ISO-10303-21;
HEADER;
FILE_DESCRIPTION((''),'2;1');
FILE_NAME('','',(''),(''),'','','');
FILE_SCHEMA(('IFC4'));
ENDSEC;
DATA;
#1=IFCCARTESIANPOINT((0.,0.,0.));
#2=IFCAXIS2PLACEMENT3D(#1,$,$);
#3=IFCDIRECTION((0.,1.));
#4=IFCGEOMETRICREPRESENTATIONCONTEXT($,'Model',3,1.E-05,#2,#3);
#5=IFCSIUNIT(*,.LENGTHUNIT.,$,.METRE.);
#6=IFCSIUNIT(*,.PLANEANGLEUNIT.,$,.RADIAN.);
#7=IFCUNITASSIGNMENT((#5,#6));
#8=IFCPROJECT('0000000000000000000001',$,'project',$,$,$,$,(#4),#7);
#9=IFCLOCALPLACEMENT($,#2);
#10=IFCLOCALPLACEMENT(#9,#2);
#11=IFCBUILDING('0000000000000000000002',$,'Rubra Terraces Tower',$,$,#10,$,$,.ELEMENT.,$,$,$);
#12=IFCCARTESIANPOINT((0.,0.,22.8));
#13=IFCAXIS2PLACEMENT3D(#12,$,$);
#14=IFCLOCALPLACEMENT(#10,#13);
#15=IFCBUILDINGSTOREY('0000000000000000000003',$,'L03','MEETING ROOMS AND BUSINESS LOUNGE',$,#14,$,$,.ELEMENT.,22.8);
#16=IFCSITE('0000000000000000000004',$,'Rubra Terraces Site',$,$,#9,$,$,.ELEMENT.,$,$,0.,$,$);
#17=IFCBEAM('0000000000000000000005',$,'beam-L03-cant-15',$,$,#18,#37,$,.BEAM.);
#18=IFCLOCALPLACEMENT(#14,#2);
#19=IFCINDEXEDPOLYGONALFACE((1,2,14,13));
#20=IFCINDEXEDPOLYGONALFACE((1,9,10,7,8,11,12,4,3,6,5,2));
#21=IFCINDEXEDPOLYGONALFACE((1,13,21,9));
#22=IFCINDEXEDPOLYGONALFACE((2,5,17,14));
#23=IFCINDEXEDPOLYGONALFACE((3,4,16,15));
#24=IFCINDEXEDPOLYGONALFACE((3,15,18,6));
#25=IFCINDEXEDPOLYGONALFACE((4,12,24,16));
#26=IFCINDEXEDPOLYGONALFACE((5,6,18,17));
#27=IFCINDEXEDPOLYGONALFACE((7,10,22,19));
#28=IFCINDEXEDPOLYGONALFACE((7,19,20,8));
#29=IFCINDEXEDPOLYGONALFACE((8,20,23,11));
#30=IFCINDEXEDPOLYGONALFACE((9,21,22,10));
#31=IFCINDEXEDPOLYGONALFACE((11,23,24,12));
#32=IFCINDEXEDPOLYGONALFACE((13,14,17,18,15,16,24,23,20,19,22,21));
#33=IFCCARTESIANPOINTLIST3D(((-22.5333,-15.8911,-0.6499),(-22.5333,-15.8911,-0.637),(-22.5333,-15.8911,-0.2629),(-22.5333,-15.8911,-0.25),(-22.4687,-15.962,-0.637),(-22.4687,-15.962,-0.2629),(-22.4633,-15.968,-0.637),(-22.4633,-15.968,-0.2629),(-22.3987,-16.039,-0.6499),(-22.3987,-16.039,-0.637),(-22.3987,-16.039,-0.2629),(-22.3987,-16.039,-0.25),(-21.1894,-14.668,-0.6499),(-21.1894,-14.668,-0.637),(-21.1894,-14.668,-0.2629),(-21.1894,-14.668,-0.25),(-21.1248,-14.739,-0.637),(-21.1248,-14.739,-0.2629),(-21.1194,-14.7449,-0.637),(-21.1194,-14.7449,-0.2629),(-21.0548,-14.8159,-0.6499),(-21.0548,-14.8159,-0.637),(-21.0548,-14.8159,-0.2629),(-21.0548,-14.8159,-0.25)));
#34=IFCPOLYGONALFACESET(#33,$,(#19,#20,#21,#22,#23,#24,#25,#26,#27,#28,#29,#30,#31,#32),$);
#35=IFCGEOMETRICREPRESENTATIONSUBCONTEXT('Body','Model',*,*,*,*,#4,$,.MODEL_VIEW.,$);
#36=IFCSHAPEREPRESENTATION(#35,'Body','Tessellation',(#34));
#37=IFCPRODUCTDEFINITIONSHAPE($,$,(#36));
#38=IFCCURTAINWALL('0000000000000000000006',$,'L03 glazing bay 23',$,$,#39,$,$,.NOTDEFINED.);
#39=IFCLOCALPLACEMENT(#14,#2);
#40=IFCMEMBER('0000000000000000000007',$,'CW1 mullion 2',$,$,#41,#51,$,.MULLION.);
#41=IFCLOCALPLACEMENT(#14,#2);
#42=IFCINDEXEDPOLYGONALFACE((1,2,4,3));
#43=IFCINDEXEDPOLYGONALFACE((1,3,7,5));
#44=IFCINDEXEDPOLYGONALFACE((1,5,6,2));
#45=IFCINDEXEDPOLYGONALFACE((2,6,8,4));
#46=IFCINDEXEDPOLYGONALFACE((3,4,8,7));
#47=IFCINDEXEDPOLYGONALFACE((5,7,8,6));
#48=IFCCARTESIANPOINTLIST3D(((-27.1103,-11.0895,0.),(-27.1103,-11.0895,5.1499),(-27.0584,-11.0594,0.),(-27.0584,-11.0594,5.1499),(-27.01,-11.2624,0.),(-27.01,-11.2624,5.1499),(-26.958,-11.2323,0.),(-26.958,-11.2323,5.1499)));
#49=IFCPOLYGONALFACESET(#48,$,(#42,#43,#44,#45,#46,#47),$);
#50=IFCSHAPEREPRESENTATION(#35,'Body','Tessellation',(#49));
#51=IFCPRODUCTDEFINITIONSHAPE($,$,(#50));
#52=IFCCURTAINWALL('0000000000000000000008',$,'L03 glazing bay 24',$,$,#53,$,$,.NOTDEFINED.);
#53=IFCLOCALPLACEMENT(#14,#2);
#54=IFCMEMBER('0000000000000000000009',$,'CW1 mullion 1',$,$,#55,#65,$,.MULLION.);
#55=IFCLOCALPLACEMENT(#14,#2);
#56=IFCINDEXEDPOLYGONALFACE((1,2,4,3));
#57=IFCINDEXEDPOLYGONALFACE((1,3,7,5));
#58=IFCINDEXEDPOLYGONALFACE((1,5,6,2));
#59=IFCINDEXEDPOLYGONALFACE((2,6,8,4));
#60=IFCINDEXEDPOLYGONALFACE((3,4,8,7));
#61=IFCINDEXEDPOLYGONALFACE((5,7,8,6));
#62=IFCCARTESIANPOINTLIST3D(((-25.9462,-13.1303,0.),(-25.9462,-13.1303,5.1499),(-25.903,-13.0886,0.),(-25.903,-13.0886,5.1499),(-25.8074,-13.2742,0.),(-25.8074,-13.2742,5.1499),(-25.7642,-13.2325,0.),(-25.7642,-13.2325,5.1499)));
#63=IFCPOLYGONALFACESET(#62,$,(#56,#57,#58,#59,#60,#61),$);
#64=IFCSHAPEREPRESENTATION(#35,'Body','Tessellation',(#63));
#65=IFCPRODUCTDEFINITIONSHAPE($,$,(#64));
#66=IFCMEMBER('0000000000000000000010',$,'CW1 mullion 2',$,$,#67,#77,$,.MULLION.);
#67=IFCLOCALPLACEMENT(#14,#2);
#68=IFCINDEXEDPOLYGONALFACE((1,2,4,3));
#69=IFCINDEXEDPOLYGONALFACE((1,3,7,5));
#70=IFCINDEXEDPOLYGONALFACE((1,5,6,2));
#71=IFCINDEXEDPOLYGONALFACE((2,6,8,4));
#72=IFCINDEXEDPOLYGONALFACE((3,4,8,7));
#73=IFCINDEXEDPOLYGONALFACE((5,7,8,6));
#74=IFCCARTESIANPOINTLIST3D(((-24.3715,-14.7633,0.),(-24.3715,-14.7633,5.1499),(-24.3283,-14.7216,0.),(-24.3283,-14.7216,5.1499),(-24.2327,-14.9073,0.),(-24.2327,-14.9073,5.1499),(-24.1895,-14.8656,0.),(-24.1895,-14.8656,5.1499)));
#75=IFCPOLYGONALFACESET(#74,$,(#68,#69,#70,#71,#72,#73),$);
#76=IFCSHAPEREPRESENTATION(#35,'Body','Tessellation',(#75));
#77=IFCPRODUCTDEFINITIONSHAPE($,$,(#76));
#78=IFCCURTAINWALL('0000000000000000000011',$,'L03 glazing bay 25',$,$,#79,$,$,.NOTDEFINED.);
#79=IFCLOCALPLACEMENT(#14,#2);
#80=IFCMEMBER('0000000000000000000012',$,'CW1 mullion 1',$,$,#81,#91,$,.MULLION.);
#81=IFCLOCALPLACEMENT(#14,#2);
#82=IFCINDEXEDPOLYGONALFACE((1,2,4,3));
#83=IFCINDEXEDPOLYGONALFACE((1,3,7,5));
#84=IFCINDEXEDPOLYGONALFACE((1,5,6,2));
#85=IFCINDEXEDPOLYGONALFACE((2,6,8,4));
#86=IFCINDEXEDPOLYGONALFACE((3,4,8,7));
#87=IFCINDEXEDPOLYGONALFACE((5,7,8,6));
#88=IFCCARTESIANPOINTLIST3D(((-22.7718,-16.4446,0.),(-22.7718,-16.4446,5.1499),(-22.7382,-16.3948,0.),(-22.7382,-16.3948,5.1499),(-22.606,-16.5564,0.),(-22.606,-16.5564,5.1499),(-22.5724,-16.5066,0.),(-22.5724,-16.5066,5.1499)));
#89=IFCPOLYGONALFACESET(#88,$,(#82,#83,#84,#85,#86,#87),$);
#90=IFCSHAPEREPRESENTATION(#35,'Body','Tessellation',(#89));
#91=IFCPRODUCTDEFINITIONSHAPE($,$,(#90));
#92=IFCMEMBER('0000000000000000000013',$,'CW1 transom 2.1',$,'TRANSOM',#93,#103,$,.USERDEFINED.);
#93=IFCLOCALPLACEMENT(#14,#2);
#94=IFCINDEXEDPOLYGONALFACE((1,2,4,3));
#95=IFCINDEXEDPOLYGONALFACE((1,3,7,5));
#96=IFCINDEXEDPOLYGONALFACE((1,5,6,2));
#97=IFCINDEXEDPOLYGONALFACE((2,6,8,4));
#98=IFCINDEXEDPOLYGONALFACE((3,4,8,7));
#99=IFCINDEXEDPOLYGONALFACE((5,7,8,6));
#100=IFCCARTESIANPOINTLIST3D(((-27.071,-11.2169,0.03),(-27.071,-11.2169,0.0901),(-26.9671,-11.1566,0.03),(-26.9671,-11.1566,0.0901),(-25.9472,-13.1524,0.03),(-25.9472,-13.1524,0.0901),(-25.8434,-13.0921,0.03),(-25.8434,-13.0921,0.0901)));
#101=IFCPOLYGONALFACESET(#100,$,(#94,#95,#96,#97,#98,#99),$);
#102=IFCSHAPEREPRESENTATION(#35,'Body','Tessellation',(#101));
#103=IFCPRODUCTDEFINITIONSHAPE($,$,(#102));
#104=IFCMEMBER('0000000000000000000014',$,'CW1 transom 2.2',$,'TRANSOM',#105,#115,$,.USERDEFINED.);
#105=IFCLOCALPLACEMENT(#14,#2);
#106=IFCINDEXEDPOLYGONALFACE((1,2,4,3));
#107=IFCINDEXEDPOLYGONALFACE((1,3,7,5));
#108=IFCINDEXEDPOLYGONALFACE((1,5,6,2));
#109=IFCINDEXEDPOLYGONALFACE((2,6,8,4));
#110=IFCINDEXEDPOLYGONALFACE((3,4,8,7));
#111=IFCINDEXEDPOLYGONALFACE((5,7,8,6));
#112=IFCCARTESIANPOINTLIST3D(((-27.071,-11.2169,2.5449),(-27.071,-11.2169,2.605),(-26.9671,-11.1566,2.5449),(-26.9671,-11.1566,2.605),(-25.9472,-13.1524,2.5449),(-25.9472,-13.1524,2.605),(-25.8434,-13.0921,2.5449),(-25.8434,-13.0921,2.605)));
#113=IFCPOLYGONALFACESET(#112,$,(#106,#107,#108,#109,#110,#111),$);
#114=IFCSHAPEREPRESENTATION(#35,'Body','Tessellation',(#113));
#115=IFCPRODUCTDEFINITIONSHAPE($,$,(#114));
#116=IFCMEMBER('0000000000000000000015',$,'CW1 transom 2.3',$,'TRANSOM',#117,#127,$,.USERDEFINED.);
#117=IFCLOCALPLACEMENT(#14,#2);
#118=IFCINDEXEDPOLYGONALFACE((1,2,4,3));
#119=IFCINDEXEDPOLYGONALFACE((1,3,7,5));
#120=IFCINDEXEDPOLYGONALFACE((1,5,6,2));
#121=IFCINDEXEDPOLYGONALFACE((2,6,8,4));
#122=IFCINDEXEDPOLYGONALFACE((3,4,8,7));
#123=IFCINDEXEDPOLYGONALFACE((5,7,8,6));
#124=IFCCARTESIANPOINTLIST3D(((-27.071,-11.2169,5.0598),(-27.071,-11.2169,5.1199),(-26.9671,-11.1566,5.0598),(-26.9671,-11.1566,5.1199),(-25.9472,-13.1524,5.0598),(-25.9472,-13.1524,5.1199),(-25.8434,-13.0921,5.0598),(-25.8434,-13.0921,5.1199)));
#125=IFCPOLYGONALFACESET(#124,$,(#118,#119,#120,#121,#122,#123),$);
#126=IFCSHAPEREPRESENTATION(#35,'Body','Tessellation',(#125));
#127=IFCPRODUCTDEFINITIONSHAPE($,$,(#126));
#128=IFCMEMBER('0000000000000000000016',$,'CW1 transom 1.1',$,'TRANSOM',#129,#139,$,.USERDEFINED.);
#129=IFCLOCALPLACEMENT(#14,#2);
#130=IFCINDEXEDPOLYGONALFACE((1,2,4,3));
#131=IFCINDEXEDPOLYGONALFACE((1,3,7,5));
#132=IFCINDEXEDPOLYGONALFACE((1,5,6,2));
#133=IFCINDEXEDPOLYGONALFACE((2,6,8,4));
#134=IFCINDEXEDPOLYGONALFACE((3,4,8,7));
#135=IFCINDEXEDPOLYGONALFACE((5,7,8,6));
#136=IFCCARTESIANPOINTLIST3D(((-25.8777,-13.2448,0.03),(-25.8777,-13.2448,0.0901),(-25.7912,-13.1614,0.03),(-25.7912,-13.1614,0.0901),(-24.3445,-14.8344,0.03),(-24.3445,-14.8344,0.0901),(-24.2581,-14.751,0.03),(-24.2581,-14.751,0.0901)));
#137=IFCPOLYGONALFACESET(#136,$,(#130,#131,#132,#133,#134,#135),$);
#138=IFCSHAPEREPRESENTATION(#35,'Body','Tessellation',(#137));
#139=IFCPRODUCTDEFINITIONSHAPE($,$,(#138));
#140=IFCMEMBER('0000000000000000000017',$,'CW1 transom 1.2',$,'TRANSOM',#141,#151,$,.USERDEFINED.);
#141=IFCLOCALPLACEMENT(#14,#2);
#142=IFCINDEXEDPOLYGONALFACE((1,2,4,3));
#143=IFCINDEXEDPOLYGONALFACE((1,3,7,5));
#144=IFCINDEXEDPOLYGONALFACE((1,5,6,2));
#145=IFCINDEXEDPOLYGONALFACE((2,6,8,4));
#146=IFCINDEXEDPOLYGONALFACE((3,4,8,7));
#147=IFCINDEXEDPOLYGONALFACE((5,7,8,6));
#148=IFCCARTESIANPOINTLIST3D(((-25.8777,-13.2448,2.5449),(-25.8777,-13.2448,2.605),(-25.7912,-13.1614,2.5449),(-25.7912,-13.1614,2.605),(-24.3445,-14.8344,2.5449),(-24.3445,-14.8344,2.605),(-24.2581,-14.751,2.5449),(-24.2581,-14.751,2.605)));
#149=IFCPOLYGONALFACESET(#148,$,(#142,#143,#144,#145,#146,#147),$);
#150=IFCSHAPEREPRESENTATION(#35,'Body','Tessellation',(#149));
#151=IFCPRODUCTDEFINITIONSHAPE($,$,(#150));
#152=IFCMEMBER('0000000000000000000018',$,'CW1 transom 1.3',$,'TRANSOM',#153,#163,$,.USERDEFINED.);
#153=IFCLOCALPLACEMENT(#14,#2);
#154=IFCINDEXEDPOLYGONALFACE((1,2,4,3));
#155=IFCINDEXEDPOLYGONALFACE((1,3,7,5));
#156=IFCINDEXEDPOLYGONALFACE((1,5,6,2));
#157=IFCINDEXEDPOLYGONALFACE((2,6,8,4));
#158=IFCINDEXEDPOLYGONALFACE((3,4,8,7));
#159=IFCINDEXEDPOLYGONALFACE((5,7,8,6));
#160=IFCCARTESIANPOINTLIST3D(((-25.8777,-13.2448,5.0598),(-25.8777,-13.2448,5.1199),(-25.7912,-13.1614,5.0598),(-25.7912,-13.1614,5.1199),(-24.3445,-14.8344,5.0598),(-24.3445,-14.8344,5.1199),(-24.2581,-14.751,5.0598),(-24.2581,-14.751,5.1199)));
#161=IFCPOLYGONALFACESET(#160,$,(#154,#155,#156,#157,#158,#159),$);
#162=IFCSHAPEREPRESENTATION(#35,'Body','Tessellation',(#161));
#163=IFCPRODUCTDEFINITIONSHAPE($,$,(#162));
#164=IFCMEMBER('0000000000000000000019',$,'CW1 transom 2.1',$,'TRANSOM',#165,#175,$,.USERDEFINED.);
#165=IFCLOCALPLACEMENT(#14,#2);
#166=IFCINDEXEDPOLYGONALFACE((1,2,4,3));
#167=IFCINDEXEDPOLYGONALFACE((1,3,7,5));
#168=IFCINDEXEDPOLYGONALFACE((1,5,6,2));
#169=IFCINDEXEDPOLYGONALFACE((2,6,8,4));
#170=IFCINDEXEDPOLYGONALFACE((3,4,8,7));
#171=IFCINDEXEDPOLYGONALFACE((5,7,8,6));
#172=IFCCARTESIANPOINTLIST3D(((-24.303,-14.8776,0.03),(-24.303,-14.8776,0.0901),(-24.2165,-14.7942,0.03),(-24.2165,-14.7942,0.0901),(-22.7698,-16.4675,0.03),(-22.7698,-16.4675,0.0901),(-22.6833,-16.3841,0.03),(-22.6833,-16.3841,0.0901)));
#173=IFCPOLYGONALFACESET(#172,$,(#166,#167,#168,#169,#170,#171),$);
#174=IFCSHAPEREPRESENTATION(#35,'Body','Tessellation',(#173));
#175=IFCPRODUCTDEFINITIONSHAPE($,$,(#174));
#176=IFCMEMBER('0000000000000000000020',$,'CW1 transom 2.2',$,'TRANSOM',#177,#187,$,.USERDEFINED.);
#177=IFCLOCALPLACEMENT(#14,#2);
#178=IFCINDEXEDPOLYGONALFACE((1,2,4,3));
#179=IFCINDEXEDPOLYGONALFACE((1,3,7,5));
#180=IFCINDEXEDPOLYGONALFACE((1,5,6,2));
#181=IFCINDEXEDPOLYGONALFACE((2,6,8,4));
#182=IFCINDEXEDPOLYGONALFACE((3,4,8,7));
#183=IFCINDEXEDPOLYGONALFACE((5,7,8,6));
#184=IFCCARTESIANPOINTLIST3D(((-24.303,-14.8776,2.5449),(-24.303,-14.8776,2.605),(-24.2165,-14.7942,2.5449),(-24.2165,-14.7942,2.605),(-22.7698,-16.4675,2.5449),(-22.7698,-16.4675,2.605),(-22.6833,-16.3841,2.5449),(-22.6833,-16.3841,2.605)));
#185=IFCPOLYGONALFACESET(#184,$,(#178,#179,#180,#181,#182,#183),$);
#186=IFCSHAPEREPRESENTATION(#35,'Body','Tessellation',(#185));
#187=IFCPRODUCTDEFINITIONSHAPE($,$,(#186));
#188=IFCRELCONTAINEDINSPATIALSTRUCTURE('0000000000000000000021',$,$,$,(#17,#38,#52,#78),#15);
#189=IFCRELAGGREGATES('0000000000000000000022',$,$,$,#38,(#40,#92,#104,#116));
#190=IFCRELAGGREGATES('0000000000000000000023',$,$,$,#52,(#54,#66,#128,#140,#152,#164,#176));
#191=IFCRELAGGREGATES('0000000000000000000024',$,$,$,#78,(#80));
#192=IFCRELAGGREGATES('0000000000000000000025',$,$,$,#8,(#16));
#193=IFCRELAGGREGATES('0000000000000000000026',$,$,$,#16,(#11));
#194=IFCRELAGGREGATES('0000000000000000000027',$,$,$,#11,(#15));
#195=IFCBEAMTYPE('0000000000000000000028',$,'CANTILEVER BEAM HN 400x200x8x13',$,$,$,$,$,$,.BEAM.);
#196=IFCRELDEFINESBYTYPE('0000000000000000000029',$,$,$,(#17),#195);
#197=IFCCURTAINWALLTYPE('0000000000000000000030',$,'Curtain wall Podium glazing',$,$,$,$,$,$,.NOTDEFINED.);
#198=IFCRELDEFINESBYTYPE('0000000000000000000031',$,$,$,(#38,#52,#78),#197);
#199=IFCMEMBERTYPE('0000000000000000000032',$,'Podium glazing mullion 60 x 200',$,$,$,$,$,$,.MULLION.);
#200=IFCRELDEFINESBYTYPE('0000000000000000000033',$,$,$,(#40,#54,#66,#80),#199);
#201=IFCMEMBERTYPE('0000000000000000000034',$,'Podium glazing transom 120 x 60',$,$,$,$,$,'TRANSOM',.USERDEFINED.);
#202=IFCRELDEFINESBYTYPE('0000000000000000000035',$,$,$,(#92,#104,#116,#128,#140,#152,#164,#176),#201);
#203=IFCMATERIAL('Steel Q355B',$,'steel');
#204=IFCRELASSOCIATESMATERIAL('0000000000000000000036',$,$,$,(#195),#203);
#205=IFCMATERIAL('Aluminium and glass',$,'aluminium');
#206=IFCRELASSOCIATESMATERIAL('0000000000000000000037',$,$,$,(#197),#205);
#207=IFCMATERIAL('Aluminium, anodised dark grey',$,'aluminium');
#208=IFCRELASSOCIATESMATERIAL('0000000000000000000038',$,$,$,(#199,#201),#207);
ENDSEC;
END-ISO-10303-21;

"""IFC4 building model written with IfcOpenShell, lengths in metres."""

from ifc_helpers import new_model, si_unit, direction, frame, origin, origin_2d, place, context, subcontext, project, spatial, rectangle, i_section, extrude, material, material_profile, profile_set, type_object, element, aggregate, save


model = new_model("IFC4")

# Units and contexts
model_context = context("Model", 3, precision=1e-05, world=origin(), true_north=direction((0.0, 1.0)))
body_context = subcontext(model_context, "Body", "Model", "MODEL_VIEW")
ifc_project = project(units=[si_unit("LENGTHUNIT", "METRE"), si_unit("PLANEANGLEUNIT", "RADIAN")], contexts=[model_context])

# Site, building, storey
site_placement = place(None, origin())
site = spatial("IfcSite", under=ifc_project, at=site_placement, Name="Rubra Terraces Site", CompositionType="ELEMENT", RefElevation=0.0)
building_placement = place(site_placement, origin())
building = spatial("IfcBuilding", under=site, at=building_placement, Name="Rubra Terraces Tower", CompositionType="ELEMENT")
storey_placement = place(building_placement, frame((0.0, 0.0, 22.8)))
storey = spatial("IfcBuildingStorey", under=building, at=storey_placement, Name="L03", Description="MEETING ROOMS AND BUSINESS LOUNGE", CompositionType="ELEMENT", Elevation=22.8)

# Beam
ifc_material_1 = material(Name="Steel Q355B", Category="steel")
ifc_material_profile_1 = material_profile(ifc_material_1, i_section(OverallWidth=0.2, OverallDepth=0.3999, WebThickness=0.0081, FlangeThickness=0.0129, at=origin_2d()), Name="HN 400x200x8x13")
ifc_profile_set_1 = profile_set([ifc_material_profile_1], Name="Steel Q355B")
beam_type = type_object("IfcBeamType", Name="CANTILEVER BEAM HN 400x200x8x13", PredefinedType="BEAM", material=ifc_profile_set_1)
beam_placement = place(storey_placement, frame((-21.1221, -14.7419, -0.45), z_axis=(-0.739575, -0.673074, 0.0), x_axis=(0.673074, -0.739575, 0.0)))
element("IfcBeam", 1, at=beam_placement, inside=storey, type_object=beam_type, Name="beam-L03-cant-15", PredefinedType="BEAM", context=body_context, shape_type="SweptSolid", body=[
    extrude(i_section(OverallWidth=0.2, OverallDepth=0.3999, WebThickness=0.0081, FlangeThickness=0.0129, at=origin_2d()), origin(), (0.0, 0.0, 1.0), 1.8171),
])

# Curtain wall, member
ifc_material_2 = material(Name="Aluminium and glass", Category="aluminium")
curtain_wall_type = type_object("IfcCurtainWallType", Name="Curtain wall Podium glazing", PredefinedType="NOTDEFINED", material=ifc_material_2)
curtain_wall_1_placement = place(storey_placement, origin())
curtain_wall_1 = element("IfcCurtainWall", 2, at=curtain_wall_1_placement, inside=storey, type_object=curtain_wall_type, Name="L03 glazing bay 23", PredefinedType="NOTDEFINED")
ifc_material_3 = material(Name="Aluminium, anodised dark grey", Category="aluminium")
ifc_material_profile_2 = material_profile(ifc_material_3, rectangle(XDim=0.0601, YDim=0.2, at=origin_2d()), Name="AL 60x200")
ifc_profile_set_2 = profile_set([ifc_material_profile_2], Name="Aluminium, anodised dark grey")
member_type_1 = type_object("IfcMemberType", Name="Podium glazing mullion 60 x 200", PredefinedType="MULLION", material=ifc_profile_set_2)
member_1_placement = place(storey_placement, frame((-27.0342, -11.1609, 0.0), z_axis=(0.0, 0.0, 1.0), x_axis=(0.864813, 0.502094, 0.0)))
member_1 = element("IfcMember", 3, at=member_1_placement, type_object=member_type_1, Name="CW1 mullion 2", PredefinedType="MULLION", context=body_context, shape_type="SweptSolid", body=[
    extrude(rectangle(XDim=0.0601, YDim=0.2, at=origin_2d()), origin(), (0.0, 0.0, 1.0), 5.1499),
])

# Curtain wall, members
curtain_wall_2_placement = place(storey_placement, origin())
curtain_wall_2 = element("IfcCurtainWall", 4, at=curtain_wall_2_placement, inside=storey, type_object=curtain_wall_type, Name="L03 glazing bay 24", PredefinedType="NOTDEFINED")
member_2_placement = place(storey_placement, frame((-25.8552, -13.1814, 0.0), z_axis=(0.0, 0.0, 1.0), x_axis=(0.719825, 0.694156, 0.0)))
member_2 = element("IfcMember", 5, at=member_2_placement, type_object=member_type_1, Name="CW1 mullion 1", PredefinedType="MULLION", context=body_context, shape_type="SweptSolid", body=[
    extrude(rectangle(XDim=0.0601, YDim=0.2, at=origin_2d()), origin(), (0.0, 0.0, 1.0), 5.1499),
])
member_3_placement = place(storey_placement, frame((-24.2805, -14.8145, 0.0), z_axis=(0.0, 0.0, 1.0), x_axis=(0.719825, 0.694156, 0.0)))
member_3 = element("IfcMember", 6, at=member_3_placement, type_object=member_type_1, Name="CW1 mullion 2", PredefinedType="MULLION", context=body_context, shape_type="SweptSolid", body=[
    extrude(rectangle(XDim=0.0601, YDim=0.2, at=origin_2d()), origin(), (0.0, 0.0, 1.0), 5.1499),
])

# Curtain wall, member
curtain_wall_3_placement = place(storey_placement, origin())
curtain_wall_3 = element("IfcCurtainWall", 7, at=curtain_wall_3_placement, inside=storey, type_object=curtain_wall_type, Name="L03 glazing bay 25", PredefinedType="NOTDEFINED")
member_4_placement = place(storey_placement, frame((-22.6721, -16.4756, 0.0), z_axis=(0.0, 0.0, 1.0), x_axis=(0.559277, 0.828981, 0.0)))
member_4 = element("IfcMember", 8, at=member_4_placement, type_object=member_type_1, Name="CW1 mullion 1", PredefinedType="MULLION", context=body_context, shape_type="SweptSolid", body=[
    extrude(rectangle(XDim=0.0601, YDim=0.2, at=origin_2d()), origin(), (0.0, 0.0, 1.0), 5.1499),
])

# Members
ifc_material_profile_3 = material_profile(ifc_material_3, rectangle(XDim=0.1201, YDim=0.0601, at=origin_2d()), Name="AL 120x60")
ifc_profile_set_3 = profile_set([ifc_material_profile_3], Name="Aluminium, anodised dark grey")
member_type_2 = type_object("IfcMemberType", Name="Podium glazing transom 120 x 60", ElementType="TRANSOM", PredefinedType="USERDEFINED", material=ifc_profile_set_3)
member_5_placement = place(storey_placement, frame((-27.019, -11.1868, 0.0601), z_axis=(0.502107, -0.864806, 0.0), x_axis=(0.864806, 0.502107, 0.0)))
member_5 = element("IfcMember", 9, at=member_5_placement, type_object=member_type_2, Name="CW1 transom 2.1", ObjectType="TRANSOM", PredefinedType="USERDEFINED", context=body_context, shape_type="SweptSolid", body=[
    extrude(rectangle(XDim=0.1201, YDim=0.0601, at=origin_2d()), origin(), (0.0, 0.0, 1.0), 2.238),
])
member_6_placement = place(storey_placement, frame((-27.019, -11.1868, 2.575), z_axis=(0.502107, -0.864806, 0.0), x_axis=(0.864806, 0.502107, 0.0)))
member_6 = element("IfcMember", 10, at=member_6_placement, type_object=member_type_2, Name="CW1 transom 2.2", ObjectType="TRANSOM", PredefinedType="USERDEFINED", context=body_context, shape_type="SweptSolid", body=[
    extrude(rectangle(XDim=0.1201, YDim=0.0601, at=origin_2d()), origin(), (0.0, 0.0, 1.0), 2.238),
])
member_7_placement = place(storey_placement, frame((-27.019, -11.1868, 5.0898), z_axis=(0.502107, -0.864806, 0.0), x_axis=(0.864806, 0.502107, 0.0)))
member_7 = element("IfcMember", 11, at=member_7_placement, type_object=member_type_2, Name="CW1 transom 2.3", ObjectType="TRANSOM", PredefinedType="USERDEFINED", context=body_context, shape_type="SweptSolid", body=[
    extrude(rectangle(XDim=0.1201, YDim=0.0601, at=origin_2d()), origin(), (0.0, 0.0, 1.0), 2.238),
])
member_8_placement = place(storey_placement, frame((-25.8345, -13.2031, 0.0601), z_axis=(0.694224, -0.719759, 0.0), x_axis=(0.719759, 0.694224, 0.0)))
member_8 = element("IfcMember", 12, at=member_8_placement, type_object=member_type_2, Name="CW1 transom 1.1", ObjectType="TRANSOM", PredefinedType="USERDEFINED", context=body_context, shape_type="SweptSolid", body=[
    extrude(rectangle(XDim=0.1201, YDim=0.0601, at=origin_2d()), origin(), (0.0, 0.0, 1.0), 2.2085),
])
member_9_placement = place(storey_placement, frame((-25.8345, -13.2031, 2.575), z_axis=(0.694224, -0.719759, 0.0), x_axis=(0.719759, 0.694224, 0.0)))
member_9 = element("IfcMember", 13, at=member_9_placement, type_object=member_type_2, Name="CW1 transom 1.2", ObjectType="TRANSOM", PredefinedType="USERDEFINED", context=body_context, shape_type="SweptSolid", body=[
    extrude(rectangle(XDim=0.1201, YDim=0.0601, at=origin_2d()), origin(), (0.0, 0.0, 1.0), 2.2085),
])
member_10_placement = place(storey_placement, frame((-25.8345, -13.2031, 5.0898), z_axis=(0.694224, -0.719759, 0.0), x_axis=(0.719759, 0.694224, 0.0)))
member_10 = element("IfcMember", 14, at=member_10_placement, type_object=member_type_2, Name="CW1 transom 1.3", ObjectType="TRANSOM", PredefinedType="USERDEFINED", context=body_context, shape_type="SweptSolid", body=[
    extrude(rectangle(XDim=0.1201, YDim=0.0601, at=origin_2d()), origin(), (0.0, 0.0, 1.0), 2.2085),
])
member_11_placement = place(storey_placement, frame((-24.2598, -14.8359, 0.0601), z_axis=(0.694168, -0.719813, 0.0), x_axis=(0.719813, 0.694168, 0.0)))
member_11 = element("IfcMember", 15, at=member_11_placement, type_object=member_type_2, Name="CW1 transom 2.1", ObjectType="TRANSOM", PredefinedType="USERDEFINED", context=body_context, shape_type="SweptSolid", body=[
    extrude(rectangle(XDim=0.1201, YDim=0.0601, at=origin_2d()), origin(), (0.0, 0.0, 1.0), 2.2087),
])
member_12_placement = place(storey_placement, frame((-24.2598, -14.8359, 2.575), z_axis=(0.694168, -0.719813, 0.0), x_axis=(0.719813, 0.694168, 0.0)))
member_12 = element("IfcMember", 16, at=member_12_placement, type_object=member_type_2, Name="CW1 transom 2.2", ObjectType="TRANSOM", PredefinedType="USERDEFINED", context=body_context, shape_type="SweptSolid", body=[
    extrude(rectangle(XDim=0.1201, YDim=0.0601, at=origin_2d()), origin(), (0.0, 0.0, 1.0), 2.2087),
])

aggregate(curtain_wall_1, [member_1, member_5, member_6, member_7])
aggregate(curtain_wall_2, [member_2, member_3, member_8, member_9, member_10, member_11, member_12])
aggregate(curtain_wall_3, [member_4])

save(model, "model.ifc")
